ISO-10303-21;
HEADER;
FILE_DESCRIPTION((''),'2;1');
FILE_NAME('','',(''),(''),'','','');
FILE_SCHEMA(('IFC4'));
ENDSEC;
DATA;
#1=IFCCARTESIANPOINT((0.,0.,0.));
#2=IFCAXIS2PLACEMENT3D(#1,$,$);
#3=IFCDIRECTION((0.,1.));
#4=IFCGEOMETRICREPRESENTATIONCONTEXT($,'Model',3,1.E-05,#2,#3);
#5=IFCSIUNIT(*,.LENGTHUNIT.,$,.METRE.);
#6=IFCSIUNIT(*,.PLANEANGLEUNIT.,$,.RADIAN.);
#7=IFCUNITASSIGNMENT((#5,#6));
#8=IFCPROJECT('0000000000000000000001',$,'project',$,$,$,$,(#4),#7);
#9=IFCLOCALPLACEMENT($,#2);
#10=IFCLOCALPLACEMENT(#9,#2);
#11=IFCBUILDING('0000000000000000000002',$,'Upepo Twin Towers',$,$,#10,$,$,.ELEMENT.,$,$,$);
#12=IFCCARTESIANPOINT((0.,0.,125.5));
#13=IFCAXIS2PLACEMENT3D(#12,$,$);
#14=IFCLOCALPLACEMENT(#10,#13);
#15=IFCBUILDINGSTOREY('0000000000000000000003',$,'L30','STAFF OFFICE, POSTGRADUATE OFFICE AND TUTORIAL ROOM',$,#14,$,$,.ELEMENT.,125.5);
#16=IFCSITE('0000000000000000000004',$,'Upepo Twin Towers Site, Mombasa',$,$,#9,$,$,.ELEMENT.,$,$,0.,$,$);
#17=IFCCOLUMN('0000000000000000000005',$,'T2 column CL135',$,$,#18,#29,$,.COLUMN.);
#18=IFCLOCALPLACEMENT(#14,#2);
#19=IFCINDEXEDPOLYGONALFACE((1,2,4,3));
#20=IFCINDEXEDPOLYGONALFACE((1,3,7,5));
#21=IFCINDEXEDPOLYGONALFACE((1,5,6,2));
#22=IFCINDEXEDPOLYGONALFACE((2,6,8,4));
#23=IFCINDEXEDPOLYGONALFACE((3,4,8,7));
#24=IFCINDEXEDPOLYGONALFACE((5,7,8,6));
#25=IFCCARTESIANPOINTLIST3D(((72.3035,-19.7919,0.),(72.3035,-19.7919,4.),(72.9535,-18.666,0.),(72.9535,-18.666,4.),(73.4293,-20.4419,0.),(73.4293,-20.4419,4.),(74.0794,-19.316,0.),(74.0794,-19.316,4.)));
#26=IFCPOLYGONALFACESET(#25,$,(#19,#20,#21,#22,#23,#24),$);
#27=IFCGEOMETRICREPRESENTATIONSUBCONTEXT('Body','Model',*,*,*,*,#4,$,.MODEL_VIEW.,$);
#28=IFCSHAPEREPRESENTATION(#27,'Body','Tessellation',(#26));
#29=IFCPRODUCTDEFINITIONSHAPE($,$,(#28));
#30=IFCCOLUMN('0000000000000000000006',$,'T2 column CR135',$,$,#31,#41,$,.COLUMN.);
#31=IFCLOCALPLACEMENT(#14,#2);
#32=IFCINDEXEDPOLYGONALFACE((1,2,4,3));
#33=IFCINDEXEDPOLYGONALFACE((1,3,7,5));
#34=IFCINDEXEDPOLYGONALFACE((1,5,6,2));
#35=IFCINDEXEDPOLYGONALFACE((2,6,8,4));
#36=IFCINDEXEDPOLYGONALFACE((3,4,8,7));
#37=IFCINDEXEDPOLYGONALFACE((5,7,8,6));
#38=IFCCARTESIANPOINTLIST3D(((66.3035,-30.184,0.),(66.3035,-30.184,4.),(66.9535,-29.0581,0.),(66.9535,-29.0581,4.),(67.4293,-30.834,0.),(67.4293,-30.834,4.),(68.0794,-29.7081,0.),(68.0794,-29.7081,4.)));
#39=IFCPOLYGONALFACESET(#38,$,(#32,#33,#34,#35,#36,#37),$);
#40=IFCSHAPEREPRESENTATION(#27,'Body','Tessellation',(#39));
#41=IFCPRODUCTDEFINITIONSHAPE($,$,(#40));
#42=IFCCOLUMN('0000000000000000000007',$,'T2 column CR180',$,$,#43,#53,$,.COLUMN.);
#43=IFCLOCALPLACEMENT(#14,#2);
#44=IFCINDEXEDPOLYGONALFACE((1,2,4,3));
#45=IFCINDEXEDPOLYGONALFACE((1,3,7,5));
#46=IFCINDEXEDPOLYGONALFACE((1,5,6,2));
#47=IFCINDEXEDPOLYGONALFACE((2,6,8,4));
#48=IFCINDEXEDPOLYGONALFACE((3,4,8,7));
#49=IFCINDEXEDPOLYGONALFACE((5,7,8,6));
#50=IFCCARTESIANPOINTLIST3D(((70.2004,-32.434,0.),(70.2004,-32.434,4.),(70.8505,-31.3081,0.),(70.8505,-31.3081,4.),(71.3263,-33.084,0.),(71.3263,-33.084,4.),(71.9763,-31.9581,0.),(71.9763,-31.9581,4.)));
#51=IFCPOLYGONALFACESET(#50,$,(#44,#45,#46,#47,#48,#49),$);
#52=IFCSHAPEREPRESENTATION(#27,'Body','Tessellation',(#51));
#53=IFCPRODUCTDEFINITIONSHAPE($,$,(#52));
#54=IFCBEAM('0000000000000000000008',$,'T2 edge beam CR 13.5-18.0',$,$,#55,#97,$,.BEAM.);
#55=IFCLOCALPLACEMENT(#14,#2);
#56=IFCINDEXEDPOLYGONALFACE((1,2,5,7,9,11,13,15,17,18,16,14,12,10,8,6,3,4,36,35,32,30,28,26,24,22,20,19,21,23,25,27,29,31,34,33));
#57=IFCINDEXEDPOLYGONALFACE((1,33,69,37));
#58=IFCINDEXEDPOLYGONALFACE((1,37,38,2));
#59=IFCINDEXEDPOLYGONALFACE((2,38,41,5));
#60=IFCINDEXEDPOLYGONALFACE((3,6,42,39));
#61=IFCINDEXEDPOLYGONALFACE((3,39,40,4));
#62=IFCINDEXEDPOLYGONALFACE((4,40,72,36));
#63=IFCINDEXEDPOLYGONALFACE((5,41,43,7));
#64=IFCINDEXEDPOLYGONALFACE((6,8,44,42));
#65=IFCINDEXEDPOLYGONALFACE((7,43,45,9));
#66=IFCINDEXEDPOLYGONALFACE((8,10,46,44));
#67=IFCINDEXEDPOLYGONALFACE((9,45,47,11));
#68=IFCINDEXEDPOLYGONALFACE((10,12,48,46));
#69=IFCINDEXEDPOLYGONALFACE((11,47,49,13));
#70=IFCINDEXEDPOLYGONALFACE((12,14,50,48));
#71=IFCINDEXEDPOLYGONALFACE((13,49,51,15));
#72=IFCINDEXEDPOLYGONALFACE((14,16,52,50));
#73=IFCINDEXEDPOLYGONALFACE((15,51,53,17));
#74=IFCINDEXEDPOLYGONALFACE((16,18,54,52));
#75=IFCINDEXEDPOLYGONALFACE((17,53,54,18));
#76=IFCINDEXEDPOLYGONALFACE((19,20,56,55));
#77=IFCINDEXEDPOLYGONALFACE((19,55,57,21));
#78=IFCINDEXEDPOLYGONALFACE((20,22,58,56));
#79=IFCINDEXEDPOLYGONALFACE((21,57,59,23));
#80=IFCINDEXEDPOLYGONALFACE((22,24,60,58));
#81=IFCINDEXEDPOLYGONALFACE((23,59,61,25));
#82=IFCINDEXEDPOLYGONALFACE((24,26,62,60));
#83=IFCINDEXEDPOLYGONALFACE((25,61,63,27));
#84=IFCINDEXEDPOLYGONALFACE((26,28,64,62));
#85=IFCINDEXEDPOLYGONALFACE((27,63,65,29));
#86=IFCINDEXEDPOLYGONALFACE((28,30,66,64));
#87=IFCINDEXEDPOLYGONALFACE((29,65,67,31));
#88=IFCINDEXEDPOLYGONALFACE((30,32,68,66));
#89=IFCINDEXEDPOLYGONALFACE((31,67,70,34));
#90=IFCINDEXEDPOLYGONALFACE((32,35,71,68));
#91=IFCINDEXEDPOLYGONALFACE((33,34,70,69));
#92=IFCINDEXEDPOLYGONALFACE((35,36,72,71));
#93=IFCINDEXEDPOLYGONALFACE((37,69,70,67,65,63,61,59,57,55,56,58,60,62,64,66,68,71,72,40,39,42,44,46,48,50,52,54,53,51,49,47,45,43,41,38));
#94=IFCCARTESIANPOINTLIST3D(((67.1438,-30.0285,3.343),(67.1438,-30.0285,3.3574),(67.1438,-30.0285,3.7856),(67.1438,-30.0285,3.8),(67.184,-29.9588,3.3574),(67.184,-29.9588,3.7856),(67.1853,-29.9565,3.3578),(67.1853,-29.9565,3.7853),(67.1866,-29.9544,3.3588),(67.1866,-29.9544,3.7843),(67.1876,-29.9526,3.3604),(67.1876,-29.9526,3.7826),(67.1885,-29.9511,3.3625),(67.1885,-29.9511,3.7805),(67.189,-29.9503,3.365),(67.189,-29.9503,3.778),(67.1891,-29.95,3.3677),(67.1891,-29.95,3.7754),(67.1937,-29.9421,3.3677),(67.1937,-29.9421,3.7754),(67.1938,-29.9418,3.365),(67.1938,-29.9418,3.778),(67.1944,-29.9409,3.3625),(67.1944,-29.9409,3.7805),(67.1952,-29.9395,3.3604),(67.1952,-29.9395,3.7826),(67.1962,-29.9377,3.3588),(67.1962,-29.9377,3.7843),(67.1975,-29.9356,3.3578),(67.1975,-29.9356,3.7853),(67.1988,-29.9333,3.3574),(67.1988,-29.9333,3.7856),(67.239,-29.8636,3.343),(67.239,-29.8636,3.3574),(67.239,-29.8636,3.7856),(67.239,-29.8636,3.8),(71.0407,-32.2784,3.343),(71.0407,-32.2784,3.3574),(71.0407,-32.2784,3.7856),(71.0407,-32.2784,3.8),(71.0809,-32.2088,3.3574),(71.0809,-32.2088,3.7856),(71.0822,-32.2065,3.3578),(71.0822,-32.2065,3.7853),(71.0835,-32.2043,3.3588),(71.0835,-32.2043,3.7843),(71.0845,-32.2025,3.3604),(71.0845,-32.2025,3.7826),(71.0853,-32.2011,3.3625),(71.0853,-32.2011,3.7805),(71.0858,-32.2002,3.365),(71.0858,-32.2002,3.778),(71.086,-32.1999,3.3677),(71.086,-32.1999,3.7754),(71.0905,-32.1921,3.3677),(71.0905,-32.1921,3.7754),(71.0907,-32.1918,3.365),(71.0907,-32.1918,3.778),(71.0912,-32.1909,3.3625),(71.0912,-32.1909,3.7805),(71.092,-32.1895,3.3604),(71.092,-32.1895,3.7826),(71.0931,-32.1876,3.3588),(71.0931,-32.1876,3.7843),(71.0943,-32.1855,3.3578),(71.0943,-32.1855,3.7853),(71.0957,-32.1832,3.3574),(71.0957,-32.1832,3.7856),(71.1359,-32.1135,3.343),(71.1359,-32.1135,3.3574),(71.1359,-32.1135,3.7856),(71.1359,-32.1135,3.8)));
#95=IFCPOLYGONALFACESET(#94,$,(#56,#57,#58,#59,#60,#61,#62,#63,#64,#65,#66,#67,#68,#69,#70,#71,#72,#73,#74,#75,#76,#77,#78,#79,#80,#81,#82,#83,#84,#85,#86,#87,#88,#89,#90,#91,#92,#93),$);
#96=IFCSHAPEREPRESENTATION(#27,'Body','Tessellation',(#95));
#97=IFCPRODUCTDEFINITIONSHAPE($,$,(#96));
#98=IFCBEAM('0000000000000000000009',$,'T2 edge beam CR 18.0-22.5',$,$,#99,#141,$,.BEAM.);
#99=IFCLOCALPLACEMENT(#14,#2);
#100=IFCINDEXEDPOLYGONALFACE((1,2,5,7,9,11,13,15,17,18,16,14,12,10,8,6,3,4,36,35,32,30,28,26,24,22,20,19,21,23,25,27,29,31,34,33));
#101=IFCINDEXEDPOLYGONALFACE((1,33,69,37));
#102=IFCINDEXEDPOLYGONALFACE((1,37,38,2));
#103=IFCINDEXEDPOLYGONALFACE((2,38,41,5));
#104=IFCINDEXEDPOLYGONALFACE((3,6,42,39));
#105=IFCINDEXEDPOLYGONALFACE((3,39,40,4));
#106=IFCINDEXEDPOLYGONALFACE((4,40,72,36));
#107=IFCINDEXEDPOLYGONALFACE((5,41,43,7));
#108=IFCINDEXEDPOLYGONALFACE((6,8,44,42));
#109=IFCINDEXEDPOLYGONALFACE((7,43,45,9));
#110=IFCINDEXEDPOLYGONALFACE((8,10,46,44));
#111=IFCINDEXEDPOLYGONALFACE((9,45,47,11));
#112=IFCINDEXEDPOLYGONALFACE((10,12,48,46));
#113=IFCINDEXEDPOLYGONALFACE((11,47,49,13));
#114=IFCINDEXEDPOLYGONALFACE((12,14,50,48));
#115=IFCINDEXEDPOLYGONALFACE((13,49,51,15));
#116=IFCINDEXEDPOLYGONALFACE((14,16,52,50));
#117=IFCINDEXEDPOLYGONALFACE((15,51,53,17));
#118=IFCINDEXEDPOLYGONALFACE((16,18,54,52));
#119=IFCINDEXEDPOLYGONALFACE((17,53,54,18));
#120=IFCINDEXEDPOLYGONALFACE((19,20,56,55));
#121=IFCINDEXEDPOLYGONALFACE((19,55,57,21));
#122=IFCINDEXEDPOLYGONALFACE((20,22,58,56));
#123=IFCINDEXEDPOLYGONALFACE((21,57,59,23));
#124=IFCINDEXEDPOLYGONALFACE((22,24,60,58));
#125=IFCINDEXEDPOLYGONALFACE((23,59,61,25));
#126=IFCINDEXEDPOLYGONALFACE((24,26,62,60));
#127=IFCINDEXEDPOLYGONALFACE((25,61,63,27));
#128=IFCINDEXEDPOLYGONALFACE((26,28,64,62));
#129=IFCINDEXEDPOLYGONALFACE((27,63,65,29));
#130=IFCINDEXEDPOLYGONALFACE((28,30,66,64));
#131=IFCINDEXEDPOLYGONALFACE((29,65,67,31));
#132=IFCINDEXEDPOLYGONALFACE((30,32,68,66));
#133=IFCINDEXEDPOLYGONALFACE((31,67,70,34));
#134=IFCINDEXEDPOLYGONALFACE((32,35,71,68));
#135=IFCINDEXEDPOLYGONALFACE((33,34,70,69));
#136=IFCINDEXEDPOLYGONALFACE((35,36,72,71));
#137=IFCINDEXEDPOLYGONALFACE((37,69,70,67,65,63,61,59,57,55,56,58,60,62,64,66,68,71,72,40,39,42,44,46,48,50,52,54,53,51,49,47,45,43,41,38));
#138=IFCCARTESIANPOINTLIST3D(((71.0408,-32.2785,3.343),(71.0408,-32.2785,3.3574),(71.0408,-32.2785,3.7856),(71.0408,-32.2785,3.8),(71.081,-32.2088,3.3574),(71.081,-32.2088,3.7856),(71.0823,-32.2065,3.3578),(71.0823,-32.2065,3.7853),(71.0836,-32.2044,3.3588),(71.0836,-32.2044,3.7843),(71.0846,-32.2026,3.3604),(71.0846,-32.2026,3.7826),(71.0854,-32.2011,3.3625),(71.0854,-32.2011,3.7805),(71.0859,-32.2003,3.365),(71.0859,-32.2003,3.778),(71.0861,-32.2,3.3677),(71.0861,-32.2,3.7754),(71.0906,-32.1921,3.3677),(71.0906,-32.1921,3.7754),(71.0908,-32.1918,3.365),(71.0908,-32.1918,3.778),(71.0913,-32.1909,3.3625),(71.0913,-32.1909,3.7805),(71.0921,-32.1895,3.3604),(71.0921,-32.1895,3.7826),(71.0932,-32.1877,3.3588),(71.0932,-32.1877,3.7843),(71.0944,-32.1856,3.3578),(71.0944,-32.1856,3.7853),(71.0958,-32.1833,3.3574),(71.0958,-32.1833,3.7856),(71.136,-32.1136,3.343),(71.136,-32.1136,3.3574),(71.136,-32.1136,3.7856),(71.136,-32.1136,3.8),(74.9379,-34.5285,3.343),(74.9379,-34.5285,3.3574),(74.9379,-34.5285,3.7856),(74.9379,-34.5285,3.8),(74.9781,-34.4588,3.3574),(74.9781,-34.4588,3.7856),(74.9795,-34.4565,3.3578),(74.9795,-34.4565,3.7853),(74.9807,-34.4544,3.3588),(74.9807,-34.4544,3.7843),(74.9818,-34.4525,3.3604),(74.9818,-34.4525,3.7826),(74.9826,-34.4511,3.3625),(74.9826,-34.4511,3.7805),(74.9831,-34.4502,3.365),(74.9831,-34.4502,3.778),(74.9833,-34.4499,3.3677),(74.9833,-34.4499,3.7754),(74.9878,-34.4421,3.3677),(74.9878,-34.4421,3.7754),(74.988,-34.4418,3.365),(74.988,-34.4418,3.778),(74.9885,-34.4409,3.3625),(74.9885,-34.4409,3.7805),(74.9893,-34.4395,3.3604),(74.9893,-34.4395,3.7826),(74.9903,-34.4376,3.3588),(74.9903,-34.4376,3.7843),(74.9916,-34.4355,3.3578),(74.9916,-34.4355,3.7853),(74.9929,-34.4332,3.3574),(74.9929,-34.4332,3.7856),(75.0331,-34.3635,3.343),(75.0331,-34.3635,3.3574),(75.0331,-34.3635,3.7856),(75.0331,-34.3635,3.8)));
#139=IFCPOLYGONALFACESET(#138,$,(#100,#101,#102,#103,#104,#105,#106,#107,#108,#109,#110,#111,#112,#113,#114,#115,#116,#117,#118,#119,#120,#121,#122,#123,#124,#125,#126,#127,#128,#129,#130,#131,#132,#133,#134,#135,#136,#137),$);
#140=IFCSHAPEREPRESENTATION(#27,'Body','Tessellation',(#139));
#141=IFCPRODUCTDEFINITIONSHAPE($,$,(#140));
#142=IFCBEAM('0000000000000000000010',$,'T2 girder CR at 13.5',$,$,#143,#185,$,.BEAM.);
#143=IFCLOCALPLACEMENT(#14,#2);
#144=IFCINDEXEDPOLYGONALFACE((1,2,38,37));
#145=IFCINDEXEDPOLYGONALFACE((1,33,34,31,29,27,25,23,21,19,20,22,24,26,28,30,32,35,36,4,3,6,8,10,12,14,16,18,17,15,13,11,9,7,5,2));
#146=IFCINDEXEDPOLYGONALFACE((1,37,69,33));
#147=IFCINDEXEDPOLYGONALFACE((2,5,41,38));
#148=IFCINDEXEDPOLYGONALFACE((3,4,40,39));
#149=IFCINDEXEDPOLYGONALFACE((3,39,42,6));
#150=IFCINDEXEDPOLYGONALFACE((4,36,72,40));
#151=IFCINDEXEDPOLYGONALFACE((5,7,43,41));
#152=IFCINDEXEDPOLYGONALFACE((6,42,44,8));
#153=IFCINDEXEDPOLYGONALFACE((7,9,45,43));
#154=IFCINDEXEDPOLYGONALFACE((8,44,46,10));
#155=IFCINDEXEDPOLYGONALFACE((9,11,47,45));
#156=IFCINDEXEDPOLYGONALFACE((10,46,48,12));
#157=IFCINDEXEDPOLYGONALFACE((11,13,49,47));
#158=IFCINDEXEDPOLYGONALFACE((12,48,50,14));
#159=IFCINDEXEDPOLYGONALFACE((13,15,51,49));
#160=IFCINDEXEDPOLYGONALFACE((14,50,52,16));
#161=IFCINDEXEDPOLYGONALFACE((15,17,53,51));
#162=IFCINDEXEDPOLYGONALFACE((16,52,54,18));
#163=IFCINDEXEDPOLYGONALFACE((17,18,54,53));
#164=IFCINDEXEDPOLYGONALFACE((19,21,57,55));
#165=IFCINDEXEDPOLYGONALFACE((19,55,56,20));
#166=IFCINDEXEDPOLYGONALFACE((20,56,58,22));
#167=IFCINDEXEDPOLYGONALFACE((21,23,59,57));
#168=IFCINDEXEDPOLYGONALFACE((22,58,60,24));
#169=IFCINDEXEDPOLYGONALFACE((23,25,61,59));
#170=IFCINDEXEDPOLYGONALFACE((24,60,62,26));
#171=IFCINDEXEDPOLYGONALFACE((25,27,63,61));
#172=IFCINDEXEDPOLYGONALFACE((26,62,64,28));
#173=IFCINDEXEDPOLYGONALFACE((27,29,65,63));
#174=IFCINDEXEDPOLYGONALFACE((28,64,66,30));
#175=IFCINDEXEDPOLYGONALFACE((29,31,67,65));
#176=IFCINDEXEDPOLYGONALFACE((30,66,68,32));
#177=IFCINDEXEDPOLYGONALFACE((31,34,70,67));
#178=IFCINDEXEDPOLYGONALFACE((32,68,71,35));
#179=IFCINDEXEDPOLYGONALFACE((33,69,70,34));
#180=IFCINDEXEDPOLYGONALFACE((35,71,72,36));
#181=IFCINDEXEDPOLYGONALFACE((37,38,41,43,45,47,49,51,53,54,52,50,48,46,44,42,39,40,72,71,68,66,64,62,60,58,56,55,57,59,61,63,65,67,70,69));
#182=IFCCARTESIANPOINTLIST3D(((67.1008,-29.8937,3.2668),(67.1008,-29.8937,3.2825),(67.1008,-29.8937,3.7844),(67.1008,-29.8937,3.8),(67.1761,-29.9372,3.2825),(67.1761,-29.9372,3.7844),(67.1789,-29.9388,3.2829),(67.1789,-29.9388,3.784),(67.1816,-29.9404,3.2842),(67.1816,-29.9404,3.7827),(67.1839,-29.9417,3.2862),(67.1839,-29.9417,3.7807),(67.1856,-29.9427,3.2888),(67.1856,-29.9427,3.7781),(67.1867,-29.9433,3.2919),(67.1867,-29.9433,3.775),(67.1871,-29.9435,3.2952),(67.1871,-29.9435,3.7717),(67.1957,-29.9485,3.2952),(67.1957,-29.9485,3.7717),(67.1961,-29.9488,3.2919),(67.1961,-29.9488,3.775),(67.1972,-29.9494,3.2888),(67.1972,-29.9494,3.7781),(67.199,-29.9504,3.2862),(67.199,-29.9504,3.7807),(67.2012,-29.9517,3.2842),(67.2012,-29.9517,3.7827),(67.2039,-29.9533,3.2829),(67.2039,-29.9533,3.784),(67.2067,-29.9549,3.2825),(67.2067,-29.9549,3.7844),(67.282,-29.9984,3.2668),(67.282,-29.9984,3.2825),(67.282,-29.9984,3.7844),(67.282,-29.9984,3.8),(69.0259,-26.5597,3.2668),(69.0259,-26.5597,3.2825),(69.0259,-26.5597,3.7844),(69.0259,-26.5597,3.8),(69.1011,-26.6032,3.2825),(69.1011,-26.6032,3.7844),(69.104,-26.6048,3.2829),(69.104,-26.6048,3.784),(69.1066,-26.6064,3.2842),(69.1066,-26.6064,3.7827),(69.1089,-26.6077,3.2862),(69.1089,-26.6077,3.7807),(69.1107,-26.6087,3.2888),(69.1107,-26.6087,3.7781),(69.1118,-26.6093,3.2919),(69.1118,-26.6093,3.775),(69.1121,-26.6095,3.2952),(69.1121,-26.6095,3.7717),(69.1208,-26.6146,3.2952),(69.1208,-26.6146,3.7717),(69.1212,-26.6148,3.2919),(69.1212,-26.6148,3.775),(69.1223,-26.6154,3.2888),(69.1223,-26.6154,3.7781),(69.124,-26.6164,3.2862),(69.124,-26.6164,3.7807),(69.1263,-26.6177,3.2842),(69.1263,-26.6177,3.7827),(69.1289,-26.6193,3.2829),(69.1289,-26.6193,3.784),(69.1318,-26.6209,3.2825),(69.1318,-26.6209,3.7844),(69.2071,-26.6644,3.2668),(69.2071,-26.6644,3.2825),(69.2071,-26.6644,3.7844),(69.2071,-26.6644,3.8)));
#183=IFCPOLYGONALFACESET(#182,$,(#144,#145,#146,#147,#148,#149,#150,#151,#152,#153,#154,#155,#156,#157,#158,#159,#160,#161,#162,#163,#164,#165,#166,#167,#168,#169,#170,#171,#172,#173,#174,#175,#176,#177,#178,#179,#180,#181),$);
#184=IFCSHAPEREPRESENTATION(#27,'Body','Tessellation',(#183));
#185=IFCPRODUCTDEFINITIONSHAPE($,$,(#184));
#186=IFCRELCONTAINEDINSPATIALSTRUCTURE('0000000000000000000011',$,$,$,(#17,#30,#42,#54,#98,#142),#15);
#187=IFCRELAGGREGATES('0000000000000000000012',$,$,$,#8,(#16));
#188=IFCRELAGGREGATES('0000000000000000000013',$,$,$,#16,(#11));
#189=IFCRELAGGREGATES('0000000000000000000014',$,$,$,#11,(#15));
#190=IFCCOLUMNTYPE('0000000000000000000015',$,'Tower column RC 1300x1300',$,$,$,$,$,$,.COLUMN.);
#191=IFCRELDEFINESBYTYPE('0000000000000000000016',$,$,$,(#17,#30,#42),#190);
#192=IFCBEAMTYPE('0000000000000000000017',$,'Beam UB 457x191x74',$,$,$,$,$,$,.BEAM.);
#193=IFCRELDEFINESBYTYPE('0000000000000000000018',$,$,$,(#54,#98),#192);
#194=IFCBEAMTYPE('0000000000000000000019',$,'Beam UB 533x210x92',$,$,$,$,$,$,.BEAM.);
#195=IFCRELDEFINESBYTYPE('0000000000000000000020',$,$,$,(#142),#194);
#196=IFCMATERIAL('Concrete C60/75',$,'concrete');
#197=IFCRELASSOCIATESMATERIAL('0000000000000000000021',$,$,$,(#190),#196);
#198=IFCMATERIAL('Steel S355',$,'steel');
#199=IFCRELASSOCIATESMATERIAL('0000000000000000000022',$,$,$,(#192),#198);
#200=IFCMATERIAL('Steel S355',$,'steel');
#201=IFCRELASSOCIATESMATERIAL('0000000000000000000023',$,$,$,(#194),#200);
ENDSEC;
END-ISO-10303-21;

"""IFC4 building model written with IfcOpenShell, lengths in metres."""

from ifc_helpers import new_model, si_unit, direction, frame, origin, origin_2d, place, context, subcontext, project, spatial, rectangle, i_section, extrude, material, material_profile, profile_set, type_object, element, save


model = new_model("IFC4")

# Units and contexts
model_context = context("Model", 3, precision=1e-05, world=origin(), true_north=direction((0.0, 1.0)))
body_context = subcontext(model_context, "Body", "Model", "MODEL_VIEW")
ifc_project = project(units=[si_unit("LENGTHUNIT", "METRE"), si_unit("PLANEANGLEUNIT", "RADIAN")], contexts=[model_context])

# Site, building, storey
site_placement = place(None, origin())
site = spatial("IfcSite", under=ifc_project, at=site_placement, Name="Upepo Twin Towers Site, Mombasa", CompositionType="ELEMENT", RefElevation=0.0)
building_placement = place(site_placement, origin())
building = spatial("IfcBuilding", under=site, at=building_placement, Name="Upepo Twin Towers", CompositionType="ELEMENT")
storey_placement = place(building_placement, frame((0.0, 0.0, 125.5)))
storey = spatial("IfcBuildingStorey", under=building, at=storey_placement, Name="L30", Description="STAFF OFFICE, POSTGRADUATE OFFICE AND TUTORIAL ROOM", CompositionType="ELEMENT", Elevation=125.5)

# Columns
ifc_material_1 = material(Name="Concrete C60/75", Category="concrete")
ifc_material_profile_1 = material_profile(ifc_material_1, rectangle(XDim=1.3, YDim=1.3, at=origin_2d()), Name="RC 1300x1300")
ifc_profile_set_1 = profile_set([ifc_material_profile_1], Name="Concrete C60/75")
column_type = type_object("IfcColumnType", Name="Tower column RC 1300x1300", PredefinedType="COLUMN", material=ifc_profile_set_1)
for number, where, z_axis, x_axis, name in (
    (1, (73.1914, -19.554, 0.0), (0.0, 0.0, 1.0), (0.5, 0.866025, 0.0), "T2 column CL135"),
    (2, (67.1914, -29.946, 0.0), (0.0, 0.0, 1.0), (0.5, 0.866025, 0.0), "T2 column CR135"),
    (3, (71.0884, -32.196, 0.0), (0.0, 0.0, 1.0), (0.5, 0.866025, 0.0), "T2 column CR180"),
):
    element("IfcColumn", number, at=place(storey_placement, frame(where, z_axis=z_axis, x_axis=x_axis)), inside=storey, type_object=column_type, Name=name, PredefinedType="COLUMN", context=body_context, shape_type="SweptSolid", body=[
        extrude(rectangle(XDim=1.3, YDim=1.3, at=origin_2d()), origin(), (0.0, 0.0, 1.0), 4.0),
    ])

# Beams
ifc_material_2 = material(Name="Steel S355", Category="steel")
ifc_material_profile_2 = material_profile(ifc_material_2, i_section(OverallWidth=0.1904, OverallDepth=0.457, WebThickness=0.009, FlangeThickness=0.0144, FilletRadius=0.0103, at=origin_2d()), Name="UB 457x191x74")
ifc_profile_set_2 = profile_set([ifc_material_profile_2], Name="Steel S355")
beam_type_1 = type_object("IfcBeamType", Name="Beam UB 457x191x74", PredefinedType="BEAM", material=ifc_profile_set_2)
beam_1_placement = place(storey_placement, frame((67.1914, -29.946, 3.5715), z_axis=(0.866018, -0.500014, 0.0), x_axis=(0.500014, 0.866018, 0.0)))
element("IfcBeam", 4, at=beam_1_placement, inside=storey, type_object=beam_type_1, Name="T2 edge beam CR 13.5-18.0", PredefinedType="BEAM", context=body_context, shape_type="SweptSolid", body=[
    extrude(i_section(OverallWidth=0.1904, OverallDepth=0.457, WebThickness=0.009, FlangeThickness=0.0144, FilletRadius=0.0103, at=origin_2d()), origin(), (0.0, 0.0, 1.0), 4.4998),
])
beam_2_placement = place(storey_placement, frame((71.0884, -32.196, 3.5715), z_axis=(0.866031, -0.49999, 0.0), x_axis=(0.49999, 0.866031, 0.0)))
element("IfcBeam", 5, at=beam_2_placement, inside=storey, type_object=beam_type_1, Name="T2 edge beam CR 18.0-22.5", PredefinedType="BEAM", context=body_context, shape_type="SweptSolid", body=[
    extrude(i_section(OverallWidth=0.1904, OverallDepth=0.457, WebThickness=0.009, FlangeThickness=0.0144, FilletRadius=0.0103, at=origin_2d()), origin(), (0.0, 0.0, 1.0), 4.5),
])
ifc_material_3 = material(Name="Steel S355", Category="steel")
ifc_material_profile_3 = material_profile(ifc_material_3, i_section(OverallWidth=0.2092, OverallDepth=0.5332, WebThickness=0.01, FlangeThickness=0.0156, FilletRadius=0.0127, at=origin_2d()), Name="UB 533x210x92")
ifc_profile_set_3 = profile_set([ifc_material_profile_3], Name="Steel S355")
beam_type_2 = type_object("IfcBeamType", Name="Beam UB 533x210x92", PredefinedType="BEAM", material=ifc_profile_set_3)
for number, where, z_axis, x_axis, name in (
    (6, (67.1914, -29.946, 3.5334), (0.500034, 0.866006, 0.0), (-0.866006, 0.500034, 0.0), "T2 girder CR at 13.5"),
):
    element("IfcBeam", number, at=place(storey_placement, frame(where, z_axis=z_axis, x_axis=x_axis)), inside=storey, type_object=beam_type_2, Name=name, PredefinedType="BEAM", context=body_context, shape_type="SweptSolid", body=[
        extrude(i_section(OverallWidth=0.2092, OverallDepth=0.5332, WebThickness=0.01, FlangeThickness=0.0156, FilletRadius=0.0127, at=origin_2d()), origin(), (0.0, 0.0, 1.0), 3.8499),
    ])

save(model, "model.ifc")
